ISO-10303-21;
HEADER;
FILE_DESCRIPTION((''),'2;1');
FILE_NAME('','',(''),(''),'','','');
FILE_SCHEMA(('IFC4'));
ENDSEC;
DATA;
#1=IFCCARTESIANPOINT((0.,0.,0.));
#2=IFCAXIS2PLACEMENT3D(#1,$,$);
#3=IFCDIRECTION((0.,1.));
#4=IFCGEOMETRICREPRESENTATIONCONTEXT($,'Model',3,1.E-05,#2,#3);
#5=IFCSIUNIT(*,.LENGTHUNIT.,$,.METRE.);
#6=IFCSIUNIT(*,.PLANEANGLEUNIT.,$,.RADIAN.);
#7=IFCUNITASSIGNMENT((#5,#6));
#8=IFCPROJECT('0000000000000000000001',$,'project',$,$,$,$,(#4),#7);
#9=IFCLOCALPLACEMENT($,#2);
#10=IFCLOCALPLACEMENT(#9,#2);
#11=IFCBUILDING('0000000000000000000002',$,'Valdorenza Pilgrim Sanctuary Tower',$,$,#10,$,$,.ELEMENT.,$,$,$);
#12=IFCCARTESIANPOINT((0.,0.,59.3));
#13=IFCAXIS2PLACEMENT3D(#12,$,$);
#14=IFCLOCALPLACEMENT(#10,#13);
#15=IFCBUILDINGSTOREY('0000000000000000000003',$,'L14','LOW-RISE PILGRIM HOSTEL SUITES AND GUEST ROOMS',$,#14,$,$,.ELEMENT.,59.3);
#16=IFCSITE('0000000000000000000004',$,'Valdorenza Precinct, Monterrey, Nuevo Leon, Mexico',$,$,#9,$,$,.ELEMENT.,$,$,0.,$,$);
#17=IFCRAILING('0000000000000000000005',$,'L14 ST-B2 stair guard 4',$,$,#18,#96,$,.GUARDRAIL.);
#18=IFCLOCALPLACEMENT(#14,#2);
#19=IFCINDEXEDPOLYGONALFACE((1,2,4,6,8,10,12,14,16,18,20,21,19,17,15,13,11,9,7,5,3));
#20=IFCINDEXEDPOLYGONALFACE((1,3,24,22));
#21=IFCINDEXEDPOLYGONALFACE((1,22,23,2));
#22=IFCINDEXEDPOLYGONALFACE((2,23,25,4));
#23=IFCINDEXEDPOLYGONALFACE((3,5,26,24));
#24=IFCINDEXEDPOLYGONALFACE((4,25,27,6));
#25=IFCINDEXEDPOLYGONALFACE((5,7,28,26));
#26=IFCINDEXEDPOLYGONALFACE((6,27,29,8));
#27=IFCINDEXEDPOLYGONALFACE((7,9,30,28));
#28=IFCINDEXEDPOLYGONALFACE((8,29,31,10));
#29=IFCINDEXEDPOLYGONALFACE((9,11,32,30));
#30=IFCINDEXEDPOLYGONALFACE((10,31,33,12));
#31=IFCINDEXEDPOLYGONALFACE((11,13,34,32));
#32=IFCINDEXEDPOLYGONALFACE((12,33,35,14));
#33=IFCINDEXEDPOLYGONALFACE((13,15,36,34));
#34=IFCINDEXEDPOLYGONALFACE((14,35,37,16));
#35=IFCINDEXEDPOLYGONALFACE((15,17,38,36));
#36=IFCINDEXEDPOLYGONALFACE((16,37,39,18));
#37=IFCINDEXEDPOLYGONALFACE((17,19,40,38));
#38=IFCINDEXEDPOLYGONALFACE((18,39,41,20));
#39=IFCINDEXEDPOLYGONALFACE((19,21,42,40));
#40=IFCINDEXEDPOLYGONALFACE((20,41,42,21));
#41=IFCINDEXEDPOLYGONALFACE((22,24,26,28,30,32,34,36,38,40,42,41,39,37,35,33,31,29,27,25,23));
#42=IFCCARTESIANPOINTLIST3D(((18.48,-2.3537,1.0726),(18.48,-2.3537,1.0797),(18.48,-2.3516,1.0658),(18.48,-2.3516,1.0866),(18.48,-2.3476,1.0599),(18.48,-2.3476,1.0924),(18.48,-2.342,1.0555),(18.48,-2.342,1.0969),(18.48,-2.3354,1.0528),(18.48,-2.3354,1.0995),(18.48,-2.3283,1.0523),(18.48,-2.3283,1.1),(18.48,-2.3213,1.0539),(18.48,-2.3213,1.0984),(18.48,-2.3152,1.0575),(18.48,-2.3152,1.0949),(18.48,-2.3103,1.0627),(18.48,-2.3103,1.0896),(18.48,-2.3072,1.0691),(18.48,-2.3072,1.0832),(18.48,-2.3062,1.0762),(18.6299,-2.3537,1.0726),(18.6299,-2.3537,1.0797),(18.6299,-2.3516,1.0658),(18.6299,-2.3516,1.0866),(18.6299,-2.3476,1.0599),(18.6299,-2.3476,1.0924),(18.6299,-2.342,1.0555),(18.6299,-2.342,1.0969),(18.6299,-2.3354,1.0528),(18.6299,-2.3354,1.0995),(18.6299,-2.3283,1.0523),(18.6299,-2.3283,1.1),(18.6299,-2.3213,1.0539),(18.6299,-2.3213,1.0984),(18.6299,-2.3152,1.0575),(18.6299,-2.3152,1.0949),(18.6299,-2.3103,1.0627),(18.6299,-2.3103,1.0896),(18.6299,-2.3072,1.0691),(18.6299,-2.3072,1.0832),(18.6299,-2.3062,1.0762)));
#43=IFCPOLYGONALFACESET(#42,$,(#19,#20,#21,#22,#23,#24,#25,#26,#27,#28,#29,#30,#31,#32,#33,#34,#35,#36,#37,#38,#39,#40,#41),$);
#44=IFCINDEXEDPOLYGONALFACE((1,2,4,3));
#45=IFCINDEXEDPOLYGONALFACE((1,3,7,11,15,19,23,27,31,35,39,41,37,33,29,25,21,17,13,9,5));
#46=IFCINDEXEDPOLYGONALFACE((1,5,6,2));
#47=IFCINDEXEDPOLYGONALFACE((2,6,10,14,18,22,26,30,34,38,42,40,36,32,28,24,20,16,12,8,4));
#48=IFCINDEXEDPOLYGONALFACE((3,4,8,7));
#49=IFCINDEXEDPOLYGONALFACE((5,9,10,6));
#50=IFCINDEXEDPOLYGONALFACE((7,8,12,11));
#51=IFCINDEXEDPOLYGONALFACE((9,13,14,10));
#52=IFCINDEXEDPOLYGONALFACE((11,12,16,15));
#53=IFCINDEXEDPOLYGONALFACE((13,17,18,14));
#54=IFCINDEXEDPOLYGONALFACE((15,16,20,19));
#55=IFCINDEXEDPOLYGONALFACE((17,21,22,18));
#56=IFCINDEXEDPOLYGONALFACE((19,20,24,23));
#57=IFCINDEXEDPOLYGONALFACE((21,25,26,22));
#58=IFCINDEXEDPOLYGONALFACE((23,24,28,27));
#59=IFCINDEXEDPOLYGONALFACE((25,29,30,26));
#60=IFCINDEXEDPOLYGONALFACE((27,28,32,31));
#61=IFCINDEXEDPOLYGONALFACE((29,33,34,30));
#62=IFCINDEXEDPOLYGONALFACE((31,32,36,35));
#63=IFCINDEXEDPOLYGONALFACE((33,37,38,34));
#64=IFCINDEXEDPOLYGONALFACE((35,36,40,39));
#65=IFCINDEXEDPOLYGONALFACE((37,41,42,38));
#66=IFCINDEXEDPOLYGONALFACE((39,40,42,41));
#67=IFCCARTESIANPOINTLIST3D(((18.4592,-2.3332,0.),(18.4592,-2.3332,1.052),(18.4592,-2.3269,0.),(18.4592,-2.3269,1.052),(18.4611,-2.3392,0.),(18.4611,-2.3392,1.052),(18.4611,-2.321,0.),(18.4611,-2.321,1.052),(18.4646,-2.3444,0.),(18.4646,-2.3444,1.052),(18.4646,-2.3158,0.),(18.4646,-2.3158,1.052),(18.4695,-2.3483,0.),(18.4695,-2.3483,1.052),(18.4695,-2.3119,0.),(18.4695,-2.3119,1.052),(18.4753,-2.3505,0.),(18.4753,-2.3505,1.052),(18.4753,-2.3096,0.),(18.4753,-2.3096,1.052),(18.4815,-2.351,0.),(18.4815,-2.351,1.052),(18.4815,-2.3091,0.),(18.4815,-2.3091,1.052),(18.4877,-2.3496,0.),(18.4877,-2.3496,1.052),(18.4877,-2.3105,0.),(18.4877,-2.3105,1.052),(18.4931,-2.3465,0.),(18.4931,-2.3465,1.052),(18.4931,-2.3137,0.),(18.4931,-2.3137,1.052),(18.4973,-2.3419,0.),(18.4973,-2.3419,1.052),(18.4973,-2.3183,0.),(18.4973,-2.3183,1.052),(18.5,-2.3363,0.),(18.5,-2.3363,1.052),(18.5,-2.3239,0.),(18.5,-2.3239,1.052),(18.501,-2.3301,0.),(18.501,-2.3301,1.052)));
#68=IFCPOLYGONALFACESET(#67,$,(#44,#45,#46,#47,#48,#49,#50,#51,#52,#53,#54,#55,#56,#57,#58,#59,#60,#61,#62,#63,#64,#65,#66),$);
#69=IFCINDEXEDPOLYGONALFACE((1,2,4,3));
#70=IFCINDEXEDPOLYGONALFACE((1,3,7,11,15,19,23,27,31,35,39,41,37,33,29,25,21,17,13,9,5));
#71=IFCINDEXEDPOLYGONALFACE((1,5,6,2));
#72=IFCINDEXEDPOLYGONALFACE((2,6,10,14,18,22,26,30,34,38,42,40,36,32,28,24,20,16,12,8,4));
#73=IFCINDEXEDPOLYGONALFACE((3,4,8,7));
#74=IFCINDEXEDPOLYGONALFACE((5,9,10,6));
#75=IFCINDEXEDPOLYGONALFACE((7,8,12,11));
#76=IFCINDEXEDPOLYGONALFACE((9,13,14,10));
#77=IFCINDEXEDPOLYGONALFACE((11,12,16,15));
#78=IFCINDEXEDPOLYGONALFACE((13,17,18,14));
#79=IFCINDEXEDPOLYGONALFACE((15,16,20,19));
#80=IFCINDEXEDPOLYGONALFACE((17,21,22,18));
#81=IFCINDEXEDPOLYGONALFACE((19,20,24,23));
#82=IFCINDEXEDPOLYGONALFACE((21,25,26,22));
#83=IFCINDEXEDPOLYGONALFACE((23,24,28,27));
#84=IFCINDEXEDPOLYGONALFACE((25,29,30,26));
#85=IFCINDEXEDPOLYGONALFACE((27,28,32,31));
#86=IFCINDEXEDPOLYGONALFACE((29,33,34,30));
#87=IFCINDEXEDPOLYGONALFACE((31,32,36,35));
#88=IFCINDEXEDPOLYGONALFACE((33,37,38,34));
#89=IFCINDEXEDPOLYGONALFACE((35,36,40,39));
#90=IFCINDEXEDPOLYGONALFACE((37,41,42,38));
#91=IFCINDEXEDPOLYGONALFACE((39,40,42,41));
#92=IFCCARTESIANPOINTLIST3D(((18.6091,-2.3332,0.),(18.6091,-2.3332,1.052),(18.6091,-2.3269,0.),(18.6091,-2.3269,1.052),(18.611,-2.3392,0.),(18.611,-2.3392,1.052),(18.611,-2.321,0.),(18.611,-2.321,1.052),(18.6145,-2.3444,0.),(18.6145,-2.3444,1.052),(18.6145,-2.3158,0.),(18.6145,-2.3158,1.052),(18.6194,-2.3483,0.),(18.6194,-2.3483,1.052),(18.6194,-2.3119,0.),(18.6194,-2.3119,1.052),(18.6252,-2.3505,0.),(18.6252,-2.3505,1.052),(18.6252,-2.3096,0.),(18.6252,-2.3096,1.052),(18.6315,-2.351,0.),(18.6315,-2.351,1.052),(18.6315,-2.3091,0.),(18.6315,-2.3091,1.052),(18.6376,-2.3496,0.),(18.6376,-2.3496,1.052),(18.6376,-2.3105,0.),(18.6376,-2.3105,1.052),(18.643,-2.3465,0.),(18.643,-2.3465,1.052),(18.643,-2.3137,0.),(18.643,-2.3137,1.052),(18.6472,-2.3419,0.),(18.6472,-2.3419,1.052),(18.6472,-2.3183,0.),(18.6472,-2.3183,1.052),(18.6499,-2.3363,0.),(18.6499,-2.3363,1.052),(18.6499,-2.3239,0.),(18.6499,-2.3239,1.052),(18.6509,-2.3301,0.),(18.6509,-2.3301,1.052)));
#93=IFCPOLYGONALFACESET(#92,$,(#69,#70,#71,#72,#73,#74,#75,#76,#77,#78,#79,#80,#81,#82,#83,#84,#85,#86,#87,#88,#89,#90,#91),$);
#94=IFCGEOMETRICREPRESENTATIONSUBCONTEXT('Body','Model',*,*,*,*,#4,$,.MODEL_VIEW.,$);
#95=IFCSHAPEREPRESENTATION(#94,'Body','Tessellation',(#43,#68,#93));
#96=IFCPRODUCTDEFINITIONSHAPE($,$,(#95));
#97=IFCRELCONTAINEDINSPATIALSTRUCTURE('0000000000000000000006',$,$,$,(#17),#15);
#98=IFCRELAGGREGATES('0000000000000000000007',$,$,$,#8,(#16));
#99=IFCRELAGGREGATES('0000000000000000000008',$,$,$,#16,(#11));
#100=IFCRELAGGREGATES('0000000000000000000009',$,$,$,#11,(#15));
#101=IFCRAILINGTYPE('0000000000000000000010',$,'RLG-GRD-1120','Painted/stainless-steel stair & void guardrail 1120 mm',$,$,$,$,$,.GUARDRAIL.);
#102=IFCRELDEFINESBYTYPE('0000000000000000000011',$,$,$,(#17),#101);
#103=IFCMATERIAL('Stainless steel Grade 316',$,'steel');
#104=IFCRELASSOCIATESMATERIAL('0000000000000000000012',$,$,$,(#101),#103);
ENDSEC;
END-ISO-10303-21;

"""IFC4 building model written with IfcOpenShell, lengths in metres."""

from ifc_helpers import new_model, si_unit, direction, frame, origin, origin_2d, place, context, subcontext, project, spatial, circle, extrude, material, type_object, element, save


model = new_model("IFC4")

# Units and contexts
model_context = context("Model", 3, precision=1e-05, world=origin(), true_north=direction((0.0, 1.0)))
body_context = subcontext(model_context, "Body", "Model", "MODEL_VIEW")
ifc_project = project(units=[si_unit("LENGTHUNIT", "METRE"), si_unit("PLANEANGLEUNIT", "RADIAN")], contexts=[model_context])

# Site, building, storey
site_placement = place(None, origin())
site = spatial("IfcSite", under=ifc_project, at=site_placement, Name="Valdorenza Precinct, Monterrey, Nuevo Leon, Mexico", CompositionType="ELEMENT", RefElevation=0.0)
building_placement = place(site_placement, origin())
building = spatial("IfcBuilding", under=site, at=building_placement, Name="Valdorenza Pilgrim Sanctuary Tower", CompositionType="ELEMENT")
storey_placement = place(building_placement, frame((0.0, 0.0, 59.3)))
storey = spatial("IfcBuildingStorey", under=building, at=storey_placement, Name="L14", Description="LOW-RISE PILGRIM HOSTEL SUITES AND GUEST ROOMS", CompositionType="ELEMENT", Elevation=59.3)

# Railing
ifc_material_1 = material(Name="Stainless steel Grade 316", Category="steel")
railing_type_1 = type_object("IfcRailingType", Name="RLG-GRD-1120", Description="Painted/stainless-steel stair & void guardrail 1120 mm", PredefinedType="GUARDRAIL", material=ifc_material_1)
railing_1_placement = place(storey_placement, frame((18.48, -2.3301, 0.0)))
element("IfcRailing", 1, at=railing_1_placement, inside=storey, type_object=railing_type_1, Name="L14 ST-B2 stair guard 4", PredefinedType="GUARDRAIL", context=body_context, shape_type="SweptSolid", body=[
    extrude(circle(Radius=0.0239, at=origin_2d()), frame((0.0, 0.0, 1.0762), z_axis=(1.0, 0.0, 0.0), x_axis=(0.0, 1.0, 0.0)), (0.0, 0.0, 1.0), 0.1499),
    extrude(circle(Radius=0.021, at=origin_2d()), origin(), (0.0, 0.0, 1.0), 1.052),
    extrude(circle(Radius=0.021, at=origin_2d()), frame((0.1499, 0.0, 0.0)), (0.0, 0.0, 1.0), 1.052),
])

save(model, "model.ifc")
